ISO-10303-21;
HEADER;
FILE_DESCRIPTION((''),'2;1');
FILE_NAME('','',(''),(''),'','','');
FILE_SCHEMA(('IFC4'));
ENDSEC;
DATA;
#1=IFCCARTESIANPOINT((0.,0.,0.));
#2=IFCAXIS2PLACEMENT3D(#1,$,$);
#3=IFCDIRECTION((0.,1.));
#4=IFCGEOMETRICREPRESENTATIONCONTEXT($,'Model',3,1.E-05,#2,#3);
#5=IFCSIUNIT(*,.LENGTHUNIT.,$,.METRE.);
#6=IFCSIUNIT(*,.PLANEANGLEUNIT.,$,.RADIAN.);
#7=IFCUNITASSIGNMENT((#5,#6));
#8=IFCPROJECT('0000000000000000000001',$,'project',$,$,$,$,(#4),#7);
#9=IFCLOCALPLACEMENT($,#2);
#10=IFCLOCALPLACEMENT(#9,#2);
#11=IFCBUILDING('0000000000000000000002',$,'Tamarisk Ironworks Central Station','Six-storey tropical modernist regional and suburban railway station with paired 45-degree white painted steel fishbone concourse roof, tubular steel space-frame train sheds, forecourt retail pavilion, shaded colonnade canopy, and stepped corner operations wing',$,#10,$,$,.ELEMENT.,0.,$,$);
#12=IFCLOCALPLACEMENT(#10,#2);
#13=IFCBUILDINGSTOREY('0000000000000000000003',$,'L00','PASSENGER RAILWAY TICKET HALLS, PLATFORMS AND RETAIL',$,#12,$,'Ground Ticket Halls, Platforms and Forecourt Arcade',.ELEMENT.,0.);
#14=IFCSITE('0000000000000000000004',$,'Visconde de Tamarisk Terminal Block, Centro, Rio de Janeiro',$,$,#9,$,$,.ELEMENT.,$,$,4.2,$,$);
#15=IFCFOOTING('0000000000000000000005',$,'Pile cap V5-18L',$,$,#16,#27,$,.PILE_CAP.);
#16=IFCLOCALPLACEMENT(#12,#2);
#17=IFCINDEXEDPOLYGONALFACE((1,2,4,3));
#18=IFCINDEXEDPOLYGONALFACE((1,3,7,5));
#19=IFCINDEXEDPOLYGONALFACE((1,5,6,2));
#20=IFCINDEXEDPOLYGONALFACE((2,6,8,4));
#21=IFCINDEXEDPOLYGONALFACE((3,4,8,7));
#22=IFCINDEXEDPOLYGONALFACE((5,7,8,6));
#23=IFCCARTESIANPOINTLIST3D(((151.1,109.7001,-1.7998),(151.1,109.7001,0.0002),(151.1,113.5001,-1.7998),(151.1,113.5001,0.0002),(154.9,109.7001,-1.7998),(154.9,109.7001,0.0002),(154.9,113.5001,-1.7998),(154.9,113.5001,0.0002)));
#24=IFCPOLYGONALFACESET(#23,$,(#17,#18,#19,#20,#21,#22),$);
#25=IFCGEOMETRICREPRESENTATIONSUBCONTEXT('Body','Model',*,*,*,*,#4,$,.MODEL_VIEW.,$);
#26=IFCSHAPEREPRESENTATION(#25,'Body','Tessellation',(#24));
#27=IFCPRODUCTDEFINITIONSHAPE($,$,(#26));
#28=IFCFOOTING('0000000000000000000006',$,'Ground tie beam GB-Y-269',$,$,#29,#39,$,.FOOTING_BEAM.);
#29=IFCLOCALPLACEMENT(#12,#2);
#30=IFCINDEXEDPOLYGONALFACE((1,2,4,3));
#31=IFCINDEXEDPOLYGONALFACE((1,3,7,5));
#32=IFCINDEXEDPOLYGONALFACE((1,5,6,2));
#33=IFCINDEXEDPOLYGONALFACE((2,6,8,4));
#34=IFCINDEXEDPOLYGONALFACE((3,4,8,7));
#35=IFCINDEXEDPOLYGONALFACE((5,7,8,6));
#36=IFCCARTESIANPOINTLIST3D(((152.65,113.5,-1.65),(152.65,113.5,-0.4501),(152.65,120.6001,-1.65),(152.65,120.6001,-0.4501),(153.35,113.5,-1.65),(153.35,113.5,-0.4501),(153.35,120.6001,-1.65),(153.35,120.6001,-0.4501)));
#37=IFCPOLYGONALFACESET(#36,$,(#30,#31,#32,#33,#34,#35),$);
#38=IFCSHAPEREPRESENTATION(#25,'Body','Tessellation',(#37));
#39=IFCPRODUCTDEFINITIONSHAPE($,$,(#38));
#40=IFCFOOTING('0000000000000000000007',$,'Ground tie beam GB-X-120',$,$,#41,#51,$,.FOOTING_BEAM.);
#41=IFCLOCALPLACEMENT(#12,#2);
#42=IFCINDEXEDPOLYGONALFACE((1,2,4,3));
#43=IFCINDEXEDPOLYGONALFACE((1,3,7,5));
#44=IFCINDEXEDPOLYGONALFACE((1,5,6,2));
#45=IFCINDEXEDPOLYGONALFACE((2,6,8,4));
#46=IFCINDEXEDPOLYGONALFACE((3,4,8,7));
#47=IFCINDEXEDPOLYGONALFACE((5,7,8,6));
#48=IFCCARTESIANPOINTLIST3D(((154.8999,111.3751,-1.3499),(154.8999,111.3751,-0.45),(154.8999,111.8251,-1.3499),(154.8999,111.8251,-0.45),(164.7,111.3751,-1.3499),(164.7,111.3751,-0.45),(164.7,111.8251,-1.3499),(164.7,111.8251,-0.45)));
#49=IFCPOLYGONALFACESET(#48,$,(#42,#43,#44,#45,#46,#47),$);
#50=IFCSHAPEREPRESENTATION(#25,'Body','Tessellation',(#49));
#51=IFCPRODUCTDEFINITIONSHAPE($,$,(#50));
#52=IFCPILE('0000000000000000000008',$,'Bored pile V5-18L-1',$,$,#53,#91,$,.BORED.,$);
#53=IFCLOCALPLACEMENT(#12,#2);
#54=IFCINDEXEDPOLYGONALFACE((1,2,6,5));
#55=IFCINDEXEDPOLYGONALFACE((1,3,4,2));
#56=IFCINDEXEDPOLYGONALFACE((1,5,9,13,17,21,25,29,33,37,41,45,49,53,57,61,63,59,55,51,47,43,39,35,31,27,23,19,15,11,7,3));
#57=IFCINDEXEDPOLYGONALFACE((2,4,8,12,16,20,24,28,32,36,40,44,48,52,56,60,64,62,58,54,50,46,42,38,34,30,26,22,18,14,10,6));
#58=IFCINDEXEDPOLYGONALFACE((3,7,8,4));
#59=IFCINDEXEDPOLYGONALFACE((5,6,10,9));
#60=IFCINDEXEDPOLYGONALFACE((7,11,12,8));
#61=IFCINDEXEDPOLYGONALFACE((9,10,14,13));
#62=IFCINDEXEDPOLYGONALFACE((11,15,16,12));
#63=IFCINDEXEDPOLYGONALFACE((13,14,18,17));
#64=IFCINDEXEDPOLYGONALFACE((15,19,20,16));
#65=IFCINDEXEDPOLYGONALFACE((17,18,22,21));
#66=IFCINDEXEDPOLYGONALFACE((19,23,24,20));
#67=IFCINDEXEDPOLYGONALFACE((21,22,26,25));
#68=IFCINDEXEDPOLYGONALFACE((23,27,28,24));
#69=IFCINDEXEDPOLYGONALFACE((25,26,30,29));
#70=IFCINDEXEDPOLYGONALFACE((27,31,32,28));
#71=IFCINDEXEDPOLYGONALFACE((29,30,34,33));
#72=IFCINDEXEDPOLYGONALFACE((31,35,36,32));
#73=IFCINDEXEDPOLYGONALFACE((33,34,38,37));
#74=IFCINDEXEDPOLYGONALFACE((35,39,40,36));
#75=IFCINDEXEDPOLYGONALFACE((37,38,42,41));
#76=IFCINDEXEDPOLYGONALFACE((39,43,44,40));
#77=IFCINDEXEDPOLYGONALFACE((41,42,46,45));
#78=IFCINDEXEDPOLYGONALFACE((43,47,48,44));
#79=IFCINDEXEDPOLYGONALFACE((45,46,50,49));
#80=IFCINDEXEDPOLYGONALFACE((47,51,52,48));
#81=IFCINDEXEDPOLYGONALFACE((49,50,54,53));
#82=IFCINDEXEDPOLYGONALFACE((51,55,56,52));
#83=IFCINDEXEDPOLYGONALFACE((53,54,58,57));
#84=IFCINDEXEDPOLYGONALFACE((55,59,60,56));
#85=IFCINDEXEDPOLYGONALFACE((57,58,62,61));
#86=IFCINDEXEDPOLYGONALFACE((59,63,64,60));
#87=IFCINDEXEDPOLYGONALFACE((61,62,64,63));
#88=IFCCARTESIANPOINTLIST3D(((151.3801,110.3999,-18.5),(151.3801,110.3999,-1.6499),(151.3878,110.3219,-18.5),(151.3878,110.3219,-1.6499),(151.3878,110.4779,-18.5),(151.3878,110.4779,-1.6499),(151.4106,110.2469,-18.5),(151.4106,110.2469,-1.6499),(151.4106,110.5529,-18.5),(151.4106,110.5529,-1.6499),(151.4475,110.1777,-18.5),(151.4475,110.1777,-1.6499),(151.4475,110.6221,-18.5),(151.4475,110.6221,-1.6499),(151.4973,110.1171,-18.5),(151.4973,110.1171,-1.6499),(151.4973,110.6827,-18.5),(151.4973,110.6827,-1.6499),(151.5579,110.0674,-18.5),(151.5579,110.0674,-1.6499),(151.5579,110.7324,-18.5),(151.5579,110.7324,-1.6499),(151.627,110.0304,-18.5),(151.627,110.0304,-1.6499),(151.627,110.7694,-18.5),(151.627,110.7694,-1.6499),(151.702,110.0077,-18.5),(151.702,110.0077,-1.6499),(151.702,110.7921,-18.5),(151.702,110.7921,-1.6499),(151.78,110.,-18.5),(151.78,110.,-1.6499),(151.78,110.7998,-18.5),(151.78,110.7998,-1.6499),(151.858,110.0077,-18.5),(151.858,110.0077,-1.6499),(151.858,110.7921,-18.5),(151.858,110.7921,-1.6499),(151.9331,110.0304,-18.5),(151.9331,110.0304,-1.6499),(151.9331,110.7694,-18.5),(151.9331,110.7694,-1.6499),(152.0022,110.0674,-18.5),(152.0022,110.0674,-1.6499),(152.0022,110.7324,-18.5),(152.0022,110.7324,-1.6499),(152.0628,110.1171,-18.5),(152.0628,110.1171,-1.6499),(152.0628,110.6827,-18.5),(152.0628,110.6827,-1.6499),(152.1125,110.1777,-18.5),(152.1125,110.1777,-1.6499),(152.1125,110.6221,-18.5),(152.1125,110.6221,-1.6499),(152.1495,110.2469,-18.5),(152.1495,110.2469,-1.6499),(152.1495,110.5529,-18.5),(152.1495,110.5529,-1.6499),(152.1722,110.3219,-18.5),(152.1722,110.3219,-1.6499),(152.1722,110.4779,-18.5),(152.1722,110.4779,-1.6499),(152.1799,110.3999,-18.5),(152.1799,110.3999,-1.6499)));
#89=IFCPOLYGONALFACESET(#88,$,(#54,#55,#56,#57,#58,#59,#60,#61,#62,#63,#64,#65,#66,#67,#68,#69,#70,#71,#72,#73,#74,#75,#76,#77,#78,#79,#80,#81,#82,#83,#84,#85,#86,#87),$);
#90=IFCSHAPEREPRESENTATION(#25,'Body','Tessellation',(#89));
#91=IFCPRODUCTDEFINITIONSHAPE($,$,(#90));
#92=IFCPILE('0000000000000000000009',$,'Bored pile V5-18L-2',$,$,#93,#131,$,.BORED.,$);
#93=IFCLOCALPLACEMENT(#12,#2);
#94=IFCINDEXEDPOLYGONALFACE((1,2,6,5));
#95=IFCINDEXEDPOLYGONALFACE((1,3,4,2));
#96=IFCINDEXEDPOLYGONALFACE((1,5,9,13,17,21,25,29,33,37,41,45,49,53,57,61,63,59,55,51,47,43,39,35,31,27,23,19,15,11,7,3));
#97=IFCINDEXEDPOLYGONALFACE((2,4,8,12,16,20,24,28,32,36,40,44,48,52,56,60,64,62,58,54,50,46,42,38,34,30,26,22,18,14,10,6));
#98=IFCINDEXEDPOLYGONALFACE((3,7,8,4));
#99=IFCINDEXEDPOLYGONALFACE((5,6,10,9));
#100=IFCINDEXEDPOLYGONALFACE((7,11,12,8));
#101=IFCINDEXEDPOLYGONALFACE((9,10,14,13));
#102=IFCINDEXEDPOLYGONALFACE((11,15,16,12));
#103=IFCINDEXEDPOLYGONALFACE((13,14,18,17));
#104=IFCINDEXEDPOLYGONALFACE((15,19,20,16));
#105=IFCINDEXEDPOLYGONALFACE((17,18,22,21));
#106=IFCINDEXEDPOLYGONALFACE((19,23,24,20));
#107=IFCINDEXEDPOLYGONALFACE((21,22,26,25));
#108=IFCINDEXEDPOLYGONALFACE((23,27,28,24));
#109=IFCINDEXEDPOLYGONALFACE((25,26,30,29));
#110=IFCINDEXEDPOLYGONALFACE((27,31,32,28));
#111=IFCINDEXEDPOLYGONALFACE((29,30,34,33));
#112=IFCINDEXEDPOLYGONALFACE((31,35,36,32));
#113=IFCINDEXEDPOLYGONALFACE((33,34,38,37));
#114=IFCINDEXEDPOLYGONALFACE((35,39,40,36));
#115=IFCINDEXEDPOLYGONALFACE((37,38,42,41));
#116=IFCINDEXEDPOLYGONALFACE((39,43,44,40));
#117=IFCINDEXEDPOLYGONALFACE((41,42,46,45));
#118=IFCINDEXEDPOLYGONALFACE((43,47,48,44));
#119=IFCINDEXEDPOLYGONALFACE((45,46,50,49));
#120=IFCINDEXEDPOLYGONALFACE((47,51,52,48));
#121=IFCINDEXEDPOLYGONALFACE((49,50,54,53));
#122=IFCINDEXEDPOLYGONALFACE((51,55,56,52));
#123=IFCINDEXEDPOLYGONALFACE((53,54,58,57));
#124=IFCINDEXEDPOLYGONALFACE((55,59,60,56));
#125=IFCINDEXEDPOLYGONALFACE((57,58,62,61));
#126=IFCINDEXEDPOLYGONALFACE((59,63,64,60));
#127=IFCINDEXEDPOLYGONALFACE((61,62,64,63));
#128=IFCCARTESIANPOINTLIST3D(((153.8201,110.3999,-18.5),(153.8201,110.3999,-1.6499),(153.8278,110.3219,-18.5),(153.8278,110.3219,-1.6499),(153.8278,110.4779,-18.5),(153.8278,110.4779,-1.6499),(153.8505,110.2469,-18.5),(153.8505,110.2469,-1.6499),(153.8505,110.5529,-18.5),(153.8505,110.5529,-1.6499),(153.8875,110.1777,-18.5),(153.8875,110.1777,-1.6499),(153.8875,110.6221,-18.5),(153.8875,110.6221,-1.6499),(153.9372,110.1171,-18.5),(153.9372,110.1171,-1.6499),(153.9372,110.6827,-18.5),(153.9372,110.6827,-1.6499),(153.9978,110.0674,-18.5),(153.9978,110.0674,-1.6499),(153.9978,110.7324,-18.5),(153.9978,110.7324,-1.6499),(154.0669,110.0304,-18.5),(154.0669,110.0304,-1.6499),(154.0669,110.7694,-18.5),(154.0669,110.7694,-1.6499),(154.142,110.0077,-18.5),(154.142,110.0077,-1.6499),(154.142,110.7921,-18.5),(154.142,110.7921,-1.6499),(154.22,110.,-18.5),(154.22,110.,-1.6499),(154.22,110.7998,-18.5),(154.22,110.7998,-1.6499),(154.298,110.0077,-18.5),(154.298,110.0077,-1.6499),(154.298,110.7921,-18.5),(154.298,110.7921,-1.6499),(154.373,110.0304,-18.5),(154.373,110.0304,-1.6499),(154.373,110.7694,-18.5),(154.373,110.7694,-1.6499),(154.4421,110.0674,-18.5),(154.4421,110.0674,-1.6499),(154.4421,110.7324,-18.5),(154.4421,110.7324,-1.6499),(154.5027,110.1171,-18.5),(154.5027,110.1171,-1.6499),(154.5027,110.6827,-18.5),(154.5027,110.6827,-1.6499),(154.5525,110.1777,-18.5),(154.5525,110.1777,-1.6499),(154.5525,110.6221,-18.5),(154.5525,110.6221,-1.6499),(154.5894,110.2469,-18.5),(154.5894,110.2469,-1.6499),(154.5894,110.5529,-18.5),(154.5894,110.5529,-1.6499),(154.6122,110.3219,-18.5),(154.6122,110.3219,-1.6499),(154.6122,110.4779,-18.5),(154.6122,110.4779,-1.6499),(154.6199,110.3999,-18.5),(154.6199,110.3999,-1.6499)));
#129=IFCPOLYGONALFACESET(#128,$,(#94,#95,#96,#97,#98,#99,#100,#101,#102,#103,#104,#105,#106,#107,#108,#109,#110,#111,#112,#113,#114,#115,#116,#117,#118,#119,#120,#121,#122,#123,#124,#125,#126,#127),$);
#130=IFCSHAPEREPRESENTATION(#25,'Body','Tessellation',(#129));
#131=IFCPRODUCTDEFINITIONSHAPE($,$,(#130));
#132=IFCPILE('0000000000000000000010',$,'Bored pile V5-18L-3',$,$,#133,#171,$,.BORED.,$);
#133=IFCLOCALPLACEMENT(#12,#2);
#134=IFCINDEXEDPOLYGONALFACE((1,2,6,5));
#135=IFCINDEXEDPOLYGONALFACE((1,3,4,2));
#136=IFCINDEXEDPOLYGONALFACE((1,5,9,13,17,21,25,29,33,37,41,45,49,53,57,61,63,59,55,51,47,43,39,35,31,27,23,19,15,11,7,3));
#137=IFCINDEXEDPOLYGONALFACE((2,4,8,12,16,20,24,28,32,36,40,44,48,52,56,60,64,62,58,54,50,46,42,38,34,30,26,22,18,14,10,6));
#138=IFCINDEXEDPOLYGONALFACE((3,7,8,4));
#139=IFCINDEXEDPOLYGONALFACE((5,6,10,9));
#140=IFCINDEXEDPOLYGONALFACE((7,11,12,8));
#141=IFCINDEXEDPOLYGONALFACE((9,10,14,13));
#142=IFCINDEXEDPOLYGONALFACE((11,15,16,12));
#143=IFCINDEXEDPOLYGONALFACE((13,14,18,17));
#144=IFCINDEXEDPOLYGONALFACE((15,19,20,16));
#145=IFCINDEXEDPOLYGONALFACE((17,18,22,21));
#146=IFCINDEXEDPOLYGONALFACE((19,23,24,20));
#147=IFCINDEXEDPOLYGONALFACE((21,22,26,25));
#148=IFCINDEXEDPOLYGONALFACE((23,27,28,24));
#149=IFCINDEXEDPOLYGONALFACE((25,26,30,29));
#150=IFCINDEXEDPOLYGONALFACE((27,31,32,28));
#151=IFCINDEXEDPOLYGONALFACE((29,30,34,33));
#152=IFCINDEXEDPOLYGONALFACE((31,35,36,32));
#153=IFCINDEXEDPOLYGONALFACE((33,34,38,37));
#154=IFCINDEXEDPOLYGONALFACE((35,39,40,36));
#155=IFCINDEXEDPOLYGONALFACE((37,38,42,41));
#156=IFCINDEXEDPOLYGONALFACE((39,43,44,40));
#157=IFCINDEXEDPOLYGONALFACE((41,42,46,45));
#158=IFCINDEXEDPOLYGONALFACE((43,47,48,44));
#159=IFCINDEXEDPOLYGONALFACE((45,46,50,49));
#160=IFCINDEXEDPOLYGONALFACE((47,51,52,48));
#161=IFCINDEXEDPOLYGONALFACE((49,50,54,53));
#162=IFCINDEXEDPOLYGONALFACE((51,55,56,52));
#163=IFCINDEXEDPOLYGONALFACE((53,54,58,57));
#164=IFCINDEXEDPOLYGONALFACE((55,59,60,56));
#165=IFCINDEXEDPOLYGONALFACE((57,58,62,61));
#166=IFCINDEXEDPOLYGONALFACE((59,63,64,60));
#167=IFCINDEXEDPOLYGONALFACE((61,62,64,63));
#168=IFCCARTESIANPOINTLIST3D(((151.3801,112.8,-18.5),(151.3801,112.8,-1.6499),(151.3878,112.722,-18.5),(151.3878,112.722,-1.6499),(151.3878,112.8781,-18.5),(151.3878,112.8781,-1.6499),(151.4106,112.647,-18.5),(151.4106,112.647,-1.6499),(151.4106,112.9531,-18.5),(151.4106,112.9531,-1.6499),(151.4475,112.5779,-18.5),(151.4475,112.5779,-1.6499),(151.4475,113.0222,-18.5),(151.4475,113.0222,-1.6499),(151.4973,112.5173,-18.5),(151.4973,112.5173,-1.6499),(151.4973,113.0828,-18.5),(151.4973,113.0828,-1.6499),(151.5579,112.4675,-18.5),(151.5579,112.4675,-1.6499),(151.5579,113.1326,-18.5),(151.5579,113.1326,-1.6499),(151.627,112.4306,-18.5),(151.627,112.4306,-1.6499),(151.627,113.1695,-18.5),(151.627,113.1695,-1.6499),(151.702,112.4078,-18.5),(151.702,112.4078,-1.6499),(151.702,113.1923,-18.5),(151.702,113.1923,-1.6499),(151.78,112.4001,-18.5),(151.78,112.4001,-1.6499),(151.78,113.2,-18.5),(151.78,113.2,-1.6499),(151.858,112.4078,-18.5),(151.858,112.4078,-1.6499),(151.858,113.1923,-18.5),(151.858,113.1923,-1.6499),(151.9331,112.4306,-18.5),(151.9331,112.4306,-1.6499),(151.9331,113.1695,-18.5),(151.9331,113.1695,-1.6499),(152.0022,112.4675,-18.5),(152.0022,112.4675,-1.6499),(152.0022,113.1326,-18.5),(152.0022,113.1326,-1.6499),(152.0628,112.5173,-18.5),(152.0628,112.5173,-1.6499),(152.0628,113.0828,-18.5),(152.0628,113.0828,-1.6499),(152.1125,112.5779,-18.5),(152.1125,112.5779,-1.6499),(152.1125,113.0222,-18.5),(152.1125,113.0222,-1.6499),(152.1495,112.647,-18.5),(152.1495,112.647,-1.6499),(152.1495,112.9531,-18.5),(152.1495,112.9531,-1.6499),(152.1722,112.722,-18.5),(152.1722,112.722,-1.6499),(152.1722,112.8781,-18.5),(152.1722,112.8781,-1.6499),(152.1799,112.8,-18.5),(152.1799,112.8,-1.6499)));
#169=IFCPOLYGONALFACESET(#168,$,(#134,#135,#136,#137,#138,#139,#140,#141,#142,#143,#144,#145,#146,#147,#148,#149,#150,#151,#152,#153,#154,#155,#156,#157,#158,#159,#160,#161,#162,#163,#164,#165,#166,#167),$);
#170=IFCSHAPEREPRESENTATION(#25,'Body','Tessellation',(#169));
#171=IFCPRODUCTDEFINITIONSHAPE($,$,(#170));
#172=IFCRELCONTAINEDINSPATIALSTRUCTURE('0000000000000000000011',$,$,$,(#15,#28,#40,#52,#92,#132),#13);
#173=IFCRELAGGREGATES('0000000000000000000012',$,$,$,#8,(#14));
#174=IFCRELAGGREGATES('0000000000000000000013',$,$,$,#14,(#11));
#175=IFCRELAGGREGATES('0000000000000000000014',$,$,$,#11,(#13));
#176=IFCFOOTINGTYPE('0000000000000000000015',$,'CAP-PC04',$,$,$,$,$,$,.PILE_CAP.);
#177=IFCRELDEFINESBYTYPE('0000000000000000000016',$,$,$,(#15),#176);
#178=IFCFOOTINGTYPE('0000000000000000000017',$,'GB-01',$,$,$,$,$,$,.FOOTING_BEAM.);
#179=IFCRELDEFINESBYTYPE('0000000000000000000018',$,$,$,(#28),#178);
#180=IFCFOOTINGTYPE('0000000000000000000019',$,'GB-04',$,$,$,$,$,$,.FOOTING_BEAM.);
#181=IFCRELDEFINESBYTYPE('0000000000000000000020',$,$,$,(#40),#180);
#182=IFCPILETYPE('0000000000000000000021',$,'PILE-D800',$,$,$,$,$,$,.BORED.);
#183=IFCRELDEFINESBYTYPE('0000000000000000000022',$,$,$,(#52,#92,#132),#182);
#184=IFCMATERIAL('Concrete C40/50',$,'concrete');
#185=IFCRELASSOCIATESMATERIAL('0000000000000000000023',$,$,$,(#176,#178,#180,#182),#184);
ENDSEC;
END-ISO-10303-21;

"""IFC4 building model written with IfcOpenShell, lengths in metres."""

from ifc_helpers import new_model, si_unit, direction, frame, origin, origin_2d, place, context, subcontext, project, spatial, rectangle, circle, extrude, material, material_profile, profile_set, type_object, element, save


model = new_model("IFC4")

# Units and contexts
model_context = context("Model", 3, precision=1e-05, world=origin(), true_north=direction((0.0, 1.0)))
body_context = subcontext(model_context, "Body", "Model", "MODEL_VIEW")
ifc_project = project(units=[si_unit("LENGTHUNIT", "METRE"), si_unit("PLANEANGLEUNIT", "RADIAN")], contexts=[model_context])

# Site, building, storey
site_placement = place(None, origin())
site = spatial("IfcSite", under=ifc_project, at=site_placement, Name="Visconde de Tamarisk Terminal Block, Centro, Rio de Janeiro", CompositionType="ELEMENT", RefElevation=4.2)
building_placement = place(site_placement, origin())
building = spatial("IfcBuilding", under=site, at=building_placement, Name="Tamarisk Ironworks Central Station", Description="Six-storey tropical modernist regional and suburban railway station with paired 45-degree white painted steel fishbone concourse roof, tubular steel space-frame train sheds, forecourt retail pavilion, shaded colonnade canopy, and stepped corner operations wing", CompositionType="ELEMENT", ElevationOfRefHeight=0.0)
storey_placement = place(building_placement, origin())
storey = spatial("IfcBuildingStorey", under=building, at=storey_placement, Name="L00", Description="PASSENGER RAILWAY TICKET HALLS, PLATFORMS AND RETAIL", LongName="Ground Ticket Halls, Platforms and Forecourt Arcade", CompositionType="ELEMENT", Elevation=0.0)

# Footings
ifc_material_1 = material(Name="Concrete C40/50", Category="concrete")
footing_type_1 = type_object("IfcFootingType", Name="CAP-PC04", PredefinedType="PILE_CAP", material=ifc_material_1)
footing_1_placement = place(storey_placement, frame((153.0, 111.6001, -1.7998), z_axis=(0.0, 0.0, 1.0), x_axis=(1.0, 0.0, 0.0)))
element("IfcFooting", 1, at=footing_1_placement, inside=storey, type_object=footing_type_1, Name="Pile cap V5-18L", PredefinedType="PILE_CAP", context=body_context, shape_type="SweptSolid", body=[
    extrude(rectangle(XDim=3.8, YDim=3.8, at=origin_2d()), origin(), (0.0, 0.0, 1.0), 1.8),
])
ifc_material_profile_1 = material_profile(ifc_material_1, rectangle(XDim=0.7, YDim=1.2, at=origin_2d()), Name="GB01 700x1200")
ifc_profile_set_1 = profile_set([ifc_material_profile_1], Name="Concrete C40/50")
footing_type_2 = type_object("IfcFootingType", Name="GB-01", PredefinedType="FOOTING_BEAM", material=ifc_profile_set_1)
footing_2_placement = place(storey_placement, frame((153.0, 113.5, -1.05), z_axis=(0.0, 1.0, 0.0), x_axis=(-1.0, 0.0, 0.0)))
element("IfcFooting", 2, at=footing_2_placement, inside=storey, type_object=footing_type_2, Name="Ground tie beam GB-Y-269", PredefinedType="FOOTING_BEAM", context=body_context, shape_type="SweptSolid", body=[
    extrude(rectangle(XDim=0.7, YDim=1.2, at=origin_2d()), origin(), (0.0, 0.0, 1.0), 7.1001),
])
ifc_material_profile_2 = material_profile(ifc_material_1, rectangle(XDim=0.45, YDim=0.8999, at=origin_2d()), Name="GB04 450x900")
ifc_profile_set_2 = profile_set([ifc_material_profile_2], Name="Concrete C40/50")
footing_type_3 = type_object("IfcFootingType", Name="GB-04", PredefinedType="FOOTING_BEAM", material=ifc_profile_set_2)
footing_3_placement = place(storey_placement, frame((154.8999, 111.6001, -0.8999), z_axis=(1.0, 0.0, 0.0), x_axis=(0.0, 1.0, 0.0)))
element("IfcFooting", 3, at=footing_3_placement, inside=storey, type_object=footing_type_3, Name="Ground tie beam GB-X-120", PredefinedType="FOOTING_BEAM", context=body_context, shape_type="SweptSolid", body=[
    extrude(rectangle(XDim=0.45, YDim=0.8999, at=origin_2d()), origin(), (0.0, 0.0, 1.0), 9.8),
])

# Piles
ifc_material_profile_3 = material_profile(ifc_material_1, circle(Radius=0.3999, at=origin_2d()), Name="BORED PILE D800")
ifc_profile_set_3 = profile_set([ifc_material_profile_3], Name="Concrete C40/50")
pile_type = type_object("IfcPileType", Name="PILE-D800", PredefinedType="BORED", material=ifc_profile_set_3)
for number, where, z_axis, x_axis, name in (
    (4, (151.78, 110.3999, -1.6499), (0.0, 0.0, -1.0), (1.0, 0.0, 0.0), "Bored pile V5-18L-1"),
    (5, (154.22, 110.3999, -1.6499), (0.0, 0.0, -1.0), (1.0, 0.0, 0.0), "Bored pile V5-18L-2"),
    (6, (151.78, 112.8, -1.6499), (0.0, 0.0, -1.0), (1.0, 0.0, 0.0), "Bored pile V5-18L-3"),
):
    element("IfcPile", number, at=place(storey_placement, frame(where, z_axis=z_axis, x_axis=x_axis)), inside=storey, type_object=pile_type, Name=name, PredefinedType="BORED", context=body_context, shape_type="SweptSolid", body=[
        extrude(circle(Radius=0.3999, at=origin_2d()), origin(), (0.0, 0.0, 1.0), 16.8501),
    ])

save(model, "model.ifc")
